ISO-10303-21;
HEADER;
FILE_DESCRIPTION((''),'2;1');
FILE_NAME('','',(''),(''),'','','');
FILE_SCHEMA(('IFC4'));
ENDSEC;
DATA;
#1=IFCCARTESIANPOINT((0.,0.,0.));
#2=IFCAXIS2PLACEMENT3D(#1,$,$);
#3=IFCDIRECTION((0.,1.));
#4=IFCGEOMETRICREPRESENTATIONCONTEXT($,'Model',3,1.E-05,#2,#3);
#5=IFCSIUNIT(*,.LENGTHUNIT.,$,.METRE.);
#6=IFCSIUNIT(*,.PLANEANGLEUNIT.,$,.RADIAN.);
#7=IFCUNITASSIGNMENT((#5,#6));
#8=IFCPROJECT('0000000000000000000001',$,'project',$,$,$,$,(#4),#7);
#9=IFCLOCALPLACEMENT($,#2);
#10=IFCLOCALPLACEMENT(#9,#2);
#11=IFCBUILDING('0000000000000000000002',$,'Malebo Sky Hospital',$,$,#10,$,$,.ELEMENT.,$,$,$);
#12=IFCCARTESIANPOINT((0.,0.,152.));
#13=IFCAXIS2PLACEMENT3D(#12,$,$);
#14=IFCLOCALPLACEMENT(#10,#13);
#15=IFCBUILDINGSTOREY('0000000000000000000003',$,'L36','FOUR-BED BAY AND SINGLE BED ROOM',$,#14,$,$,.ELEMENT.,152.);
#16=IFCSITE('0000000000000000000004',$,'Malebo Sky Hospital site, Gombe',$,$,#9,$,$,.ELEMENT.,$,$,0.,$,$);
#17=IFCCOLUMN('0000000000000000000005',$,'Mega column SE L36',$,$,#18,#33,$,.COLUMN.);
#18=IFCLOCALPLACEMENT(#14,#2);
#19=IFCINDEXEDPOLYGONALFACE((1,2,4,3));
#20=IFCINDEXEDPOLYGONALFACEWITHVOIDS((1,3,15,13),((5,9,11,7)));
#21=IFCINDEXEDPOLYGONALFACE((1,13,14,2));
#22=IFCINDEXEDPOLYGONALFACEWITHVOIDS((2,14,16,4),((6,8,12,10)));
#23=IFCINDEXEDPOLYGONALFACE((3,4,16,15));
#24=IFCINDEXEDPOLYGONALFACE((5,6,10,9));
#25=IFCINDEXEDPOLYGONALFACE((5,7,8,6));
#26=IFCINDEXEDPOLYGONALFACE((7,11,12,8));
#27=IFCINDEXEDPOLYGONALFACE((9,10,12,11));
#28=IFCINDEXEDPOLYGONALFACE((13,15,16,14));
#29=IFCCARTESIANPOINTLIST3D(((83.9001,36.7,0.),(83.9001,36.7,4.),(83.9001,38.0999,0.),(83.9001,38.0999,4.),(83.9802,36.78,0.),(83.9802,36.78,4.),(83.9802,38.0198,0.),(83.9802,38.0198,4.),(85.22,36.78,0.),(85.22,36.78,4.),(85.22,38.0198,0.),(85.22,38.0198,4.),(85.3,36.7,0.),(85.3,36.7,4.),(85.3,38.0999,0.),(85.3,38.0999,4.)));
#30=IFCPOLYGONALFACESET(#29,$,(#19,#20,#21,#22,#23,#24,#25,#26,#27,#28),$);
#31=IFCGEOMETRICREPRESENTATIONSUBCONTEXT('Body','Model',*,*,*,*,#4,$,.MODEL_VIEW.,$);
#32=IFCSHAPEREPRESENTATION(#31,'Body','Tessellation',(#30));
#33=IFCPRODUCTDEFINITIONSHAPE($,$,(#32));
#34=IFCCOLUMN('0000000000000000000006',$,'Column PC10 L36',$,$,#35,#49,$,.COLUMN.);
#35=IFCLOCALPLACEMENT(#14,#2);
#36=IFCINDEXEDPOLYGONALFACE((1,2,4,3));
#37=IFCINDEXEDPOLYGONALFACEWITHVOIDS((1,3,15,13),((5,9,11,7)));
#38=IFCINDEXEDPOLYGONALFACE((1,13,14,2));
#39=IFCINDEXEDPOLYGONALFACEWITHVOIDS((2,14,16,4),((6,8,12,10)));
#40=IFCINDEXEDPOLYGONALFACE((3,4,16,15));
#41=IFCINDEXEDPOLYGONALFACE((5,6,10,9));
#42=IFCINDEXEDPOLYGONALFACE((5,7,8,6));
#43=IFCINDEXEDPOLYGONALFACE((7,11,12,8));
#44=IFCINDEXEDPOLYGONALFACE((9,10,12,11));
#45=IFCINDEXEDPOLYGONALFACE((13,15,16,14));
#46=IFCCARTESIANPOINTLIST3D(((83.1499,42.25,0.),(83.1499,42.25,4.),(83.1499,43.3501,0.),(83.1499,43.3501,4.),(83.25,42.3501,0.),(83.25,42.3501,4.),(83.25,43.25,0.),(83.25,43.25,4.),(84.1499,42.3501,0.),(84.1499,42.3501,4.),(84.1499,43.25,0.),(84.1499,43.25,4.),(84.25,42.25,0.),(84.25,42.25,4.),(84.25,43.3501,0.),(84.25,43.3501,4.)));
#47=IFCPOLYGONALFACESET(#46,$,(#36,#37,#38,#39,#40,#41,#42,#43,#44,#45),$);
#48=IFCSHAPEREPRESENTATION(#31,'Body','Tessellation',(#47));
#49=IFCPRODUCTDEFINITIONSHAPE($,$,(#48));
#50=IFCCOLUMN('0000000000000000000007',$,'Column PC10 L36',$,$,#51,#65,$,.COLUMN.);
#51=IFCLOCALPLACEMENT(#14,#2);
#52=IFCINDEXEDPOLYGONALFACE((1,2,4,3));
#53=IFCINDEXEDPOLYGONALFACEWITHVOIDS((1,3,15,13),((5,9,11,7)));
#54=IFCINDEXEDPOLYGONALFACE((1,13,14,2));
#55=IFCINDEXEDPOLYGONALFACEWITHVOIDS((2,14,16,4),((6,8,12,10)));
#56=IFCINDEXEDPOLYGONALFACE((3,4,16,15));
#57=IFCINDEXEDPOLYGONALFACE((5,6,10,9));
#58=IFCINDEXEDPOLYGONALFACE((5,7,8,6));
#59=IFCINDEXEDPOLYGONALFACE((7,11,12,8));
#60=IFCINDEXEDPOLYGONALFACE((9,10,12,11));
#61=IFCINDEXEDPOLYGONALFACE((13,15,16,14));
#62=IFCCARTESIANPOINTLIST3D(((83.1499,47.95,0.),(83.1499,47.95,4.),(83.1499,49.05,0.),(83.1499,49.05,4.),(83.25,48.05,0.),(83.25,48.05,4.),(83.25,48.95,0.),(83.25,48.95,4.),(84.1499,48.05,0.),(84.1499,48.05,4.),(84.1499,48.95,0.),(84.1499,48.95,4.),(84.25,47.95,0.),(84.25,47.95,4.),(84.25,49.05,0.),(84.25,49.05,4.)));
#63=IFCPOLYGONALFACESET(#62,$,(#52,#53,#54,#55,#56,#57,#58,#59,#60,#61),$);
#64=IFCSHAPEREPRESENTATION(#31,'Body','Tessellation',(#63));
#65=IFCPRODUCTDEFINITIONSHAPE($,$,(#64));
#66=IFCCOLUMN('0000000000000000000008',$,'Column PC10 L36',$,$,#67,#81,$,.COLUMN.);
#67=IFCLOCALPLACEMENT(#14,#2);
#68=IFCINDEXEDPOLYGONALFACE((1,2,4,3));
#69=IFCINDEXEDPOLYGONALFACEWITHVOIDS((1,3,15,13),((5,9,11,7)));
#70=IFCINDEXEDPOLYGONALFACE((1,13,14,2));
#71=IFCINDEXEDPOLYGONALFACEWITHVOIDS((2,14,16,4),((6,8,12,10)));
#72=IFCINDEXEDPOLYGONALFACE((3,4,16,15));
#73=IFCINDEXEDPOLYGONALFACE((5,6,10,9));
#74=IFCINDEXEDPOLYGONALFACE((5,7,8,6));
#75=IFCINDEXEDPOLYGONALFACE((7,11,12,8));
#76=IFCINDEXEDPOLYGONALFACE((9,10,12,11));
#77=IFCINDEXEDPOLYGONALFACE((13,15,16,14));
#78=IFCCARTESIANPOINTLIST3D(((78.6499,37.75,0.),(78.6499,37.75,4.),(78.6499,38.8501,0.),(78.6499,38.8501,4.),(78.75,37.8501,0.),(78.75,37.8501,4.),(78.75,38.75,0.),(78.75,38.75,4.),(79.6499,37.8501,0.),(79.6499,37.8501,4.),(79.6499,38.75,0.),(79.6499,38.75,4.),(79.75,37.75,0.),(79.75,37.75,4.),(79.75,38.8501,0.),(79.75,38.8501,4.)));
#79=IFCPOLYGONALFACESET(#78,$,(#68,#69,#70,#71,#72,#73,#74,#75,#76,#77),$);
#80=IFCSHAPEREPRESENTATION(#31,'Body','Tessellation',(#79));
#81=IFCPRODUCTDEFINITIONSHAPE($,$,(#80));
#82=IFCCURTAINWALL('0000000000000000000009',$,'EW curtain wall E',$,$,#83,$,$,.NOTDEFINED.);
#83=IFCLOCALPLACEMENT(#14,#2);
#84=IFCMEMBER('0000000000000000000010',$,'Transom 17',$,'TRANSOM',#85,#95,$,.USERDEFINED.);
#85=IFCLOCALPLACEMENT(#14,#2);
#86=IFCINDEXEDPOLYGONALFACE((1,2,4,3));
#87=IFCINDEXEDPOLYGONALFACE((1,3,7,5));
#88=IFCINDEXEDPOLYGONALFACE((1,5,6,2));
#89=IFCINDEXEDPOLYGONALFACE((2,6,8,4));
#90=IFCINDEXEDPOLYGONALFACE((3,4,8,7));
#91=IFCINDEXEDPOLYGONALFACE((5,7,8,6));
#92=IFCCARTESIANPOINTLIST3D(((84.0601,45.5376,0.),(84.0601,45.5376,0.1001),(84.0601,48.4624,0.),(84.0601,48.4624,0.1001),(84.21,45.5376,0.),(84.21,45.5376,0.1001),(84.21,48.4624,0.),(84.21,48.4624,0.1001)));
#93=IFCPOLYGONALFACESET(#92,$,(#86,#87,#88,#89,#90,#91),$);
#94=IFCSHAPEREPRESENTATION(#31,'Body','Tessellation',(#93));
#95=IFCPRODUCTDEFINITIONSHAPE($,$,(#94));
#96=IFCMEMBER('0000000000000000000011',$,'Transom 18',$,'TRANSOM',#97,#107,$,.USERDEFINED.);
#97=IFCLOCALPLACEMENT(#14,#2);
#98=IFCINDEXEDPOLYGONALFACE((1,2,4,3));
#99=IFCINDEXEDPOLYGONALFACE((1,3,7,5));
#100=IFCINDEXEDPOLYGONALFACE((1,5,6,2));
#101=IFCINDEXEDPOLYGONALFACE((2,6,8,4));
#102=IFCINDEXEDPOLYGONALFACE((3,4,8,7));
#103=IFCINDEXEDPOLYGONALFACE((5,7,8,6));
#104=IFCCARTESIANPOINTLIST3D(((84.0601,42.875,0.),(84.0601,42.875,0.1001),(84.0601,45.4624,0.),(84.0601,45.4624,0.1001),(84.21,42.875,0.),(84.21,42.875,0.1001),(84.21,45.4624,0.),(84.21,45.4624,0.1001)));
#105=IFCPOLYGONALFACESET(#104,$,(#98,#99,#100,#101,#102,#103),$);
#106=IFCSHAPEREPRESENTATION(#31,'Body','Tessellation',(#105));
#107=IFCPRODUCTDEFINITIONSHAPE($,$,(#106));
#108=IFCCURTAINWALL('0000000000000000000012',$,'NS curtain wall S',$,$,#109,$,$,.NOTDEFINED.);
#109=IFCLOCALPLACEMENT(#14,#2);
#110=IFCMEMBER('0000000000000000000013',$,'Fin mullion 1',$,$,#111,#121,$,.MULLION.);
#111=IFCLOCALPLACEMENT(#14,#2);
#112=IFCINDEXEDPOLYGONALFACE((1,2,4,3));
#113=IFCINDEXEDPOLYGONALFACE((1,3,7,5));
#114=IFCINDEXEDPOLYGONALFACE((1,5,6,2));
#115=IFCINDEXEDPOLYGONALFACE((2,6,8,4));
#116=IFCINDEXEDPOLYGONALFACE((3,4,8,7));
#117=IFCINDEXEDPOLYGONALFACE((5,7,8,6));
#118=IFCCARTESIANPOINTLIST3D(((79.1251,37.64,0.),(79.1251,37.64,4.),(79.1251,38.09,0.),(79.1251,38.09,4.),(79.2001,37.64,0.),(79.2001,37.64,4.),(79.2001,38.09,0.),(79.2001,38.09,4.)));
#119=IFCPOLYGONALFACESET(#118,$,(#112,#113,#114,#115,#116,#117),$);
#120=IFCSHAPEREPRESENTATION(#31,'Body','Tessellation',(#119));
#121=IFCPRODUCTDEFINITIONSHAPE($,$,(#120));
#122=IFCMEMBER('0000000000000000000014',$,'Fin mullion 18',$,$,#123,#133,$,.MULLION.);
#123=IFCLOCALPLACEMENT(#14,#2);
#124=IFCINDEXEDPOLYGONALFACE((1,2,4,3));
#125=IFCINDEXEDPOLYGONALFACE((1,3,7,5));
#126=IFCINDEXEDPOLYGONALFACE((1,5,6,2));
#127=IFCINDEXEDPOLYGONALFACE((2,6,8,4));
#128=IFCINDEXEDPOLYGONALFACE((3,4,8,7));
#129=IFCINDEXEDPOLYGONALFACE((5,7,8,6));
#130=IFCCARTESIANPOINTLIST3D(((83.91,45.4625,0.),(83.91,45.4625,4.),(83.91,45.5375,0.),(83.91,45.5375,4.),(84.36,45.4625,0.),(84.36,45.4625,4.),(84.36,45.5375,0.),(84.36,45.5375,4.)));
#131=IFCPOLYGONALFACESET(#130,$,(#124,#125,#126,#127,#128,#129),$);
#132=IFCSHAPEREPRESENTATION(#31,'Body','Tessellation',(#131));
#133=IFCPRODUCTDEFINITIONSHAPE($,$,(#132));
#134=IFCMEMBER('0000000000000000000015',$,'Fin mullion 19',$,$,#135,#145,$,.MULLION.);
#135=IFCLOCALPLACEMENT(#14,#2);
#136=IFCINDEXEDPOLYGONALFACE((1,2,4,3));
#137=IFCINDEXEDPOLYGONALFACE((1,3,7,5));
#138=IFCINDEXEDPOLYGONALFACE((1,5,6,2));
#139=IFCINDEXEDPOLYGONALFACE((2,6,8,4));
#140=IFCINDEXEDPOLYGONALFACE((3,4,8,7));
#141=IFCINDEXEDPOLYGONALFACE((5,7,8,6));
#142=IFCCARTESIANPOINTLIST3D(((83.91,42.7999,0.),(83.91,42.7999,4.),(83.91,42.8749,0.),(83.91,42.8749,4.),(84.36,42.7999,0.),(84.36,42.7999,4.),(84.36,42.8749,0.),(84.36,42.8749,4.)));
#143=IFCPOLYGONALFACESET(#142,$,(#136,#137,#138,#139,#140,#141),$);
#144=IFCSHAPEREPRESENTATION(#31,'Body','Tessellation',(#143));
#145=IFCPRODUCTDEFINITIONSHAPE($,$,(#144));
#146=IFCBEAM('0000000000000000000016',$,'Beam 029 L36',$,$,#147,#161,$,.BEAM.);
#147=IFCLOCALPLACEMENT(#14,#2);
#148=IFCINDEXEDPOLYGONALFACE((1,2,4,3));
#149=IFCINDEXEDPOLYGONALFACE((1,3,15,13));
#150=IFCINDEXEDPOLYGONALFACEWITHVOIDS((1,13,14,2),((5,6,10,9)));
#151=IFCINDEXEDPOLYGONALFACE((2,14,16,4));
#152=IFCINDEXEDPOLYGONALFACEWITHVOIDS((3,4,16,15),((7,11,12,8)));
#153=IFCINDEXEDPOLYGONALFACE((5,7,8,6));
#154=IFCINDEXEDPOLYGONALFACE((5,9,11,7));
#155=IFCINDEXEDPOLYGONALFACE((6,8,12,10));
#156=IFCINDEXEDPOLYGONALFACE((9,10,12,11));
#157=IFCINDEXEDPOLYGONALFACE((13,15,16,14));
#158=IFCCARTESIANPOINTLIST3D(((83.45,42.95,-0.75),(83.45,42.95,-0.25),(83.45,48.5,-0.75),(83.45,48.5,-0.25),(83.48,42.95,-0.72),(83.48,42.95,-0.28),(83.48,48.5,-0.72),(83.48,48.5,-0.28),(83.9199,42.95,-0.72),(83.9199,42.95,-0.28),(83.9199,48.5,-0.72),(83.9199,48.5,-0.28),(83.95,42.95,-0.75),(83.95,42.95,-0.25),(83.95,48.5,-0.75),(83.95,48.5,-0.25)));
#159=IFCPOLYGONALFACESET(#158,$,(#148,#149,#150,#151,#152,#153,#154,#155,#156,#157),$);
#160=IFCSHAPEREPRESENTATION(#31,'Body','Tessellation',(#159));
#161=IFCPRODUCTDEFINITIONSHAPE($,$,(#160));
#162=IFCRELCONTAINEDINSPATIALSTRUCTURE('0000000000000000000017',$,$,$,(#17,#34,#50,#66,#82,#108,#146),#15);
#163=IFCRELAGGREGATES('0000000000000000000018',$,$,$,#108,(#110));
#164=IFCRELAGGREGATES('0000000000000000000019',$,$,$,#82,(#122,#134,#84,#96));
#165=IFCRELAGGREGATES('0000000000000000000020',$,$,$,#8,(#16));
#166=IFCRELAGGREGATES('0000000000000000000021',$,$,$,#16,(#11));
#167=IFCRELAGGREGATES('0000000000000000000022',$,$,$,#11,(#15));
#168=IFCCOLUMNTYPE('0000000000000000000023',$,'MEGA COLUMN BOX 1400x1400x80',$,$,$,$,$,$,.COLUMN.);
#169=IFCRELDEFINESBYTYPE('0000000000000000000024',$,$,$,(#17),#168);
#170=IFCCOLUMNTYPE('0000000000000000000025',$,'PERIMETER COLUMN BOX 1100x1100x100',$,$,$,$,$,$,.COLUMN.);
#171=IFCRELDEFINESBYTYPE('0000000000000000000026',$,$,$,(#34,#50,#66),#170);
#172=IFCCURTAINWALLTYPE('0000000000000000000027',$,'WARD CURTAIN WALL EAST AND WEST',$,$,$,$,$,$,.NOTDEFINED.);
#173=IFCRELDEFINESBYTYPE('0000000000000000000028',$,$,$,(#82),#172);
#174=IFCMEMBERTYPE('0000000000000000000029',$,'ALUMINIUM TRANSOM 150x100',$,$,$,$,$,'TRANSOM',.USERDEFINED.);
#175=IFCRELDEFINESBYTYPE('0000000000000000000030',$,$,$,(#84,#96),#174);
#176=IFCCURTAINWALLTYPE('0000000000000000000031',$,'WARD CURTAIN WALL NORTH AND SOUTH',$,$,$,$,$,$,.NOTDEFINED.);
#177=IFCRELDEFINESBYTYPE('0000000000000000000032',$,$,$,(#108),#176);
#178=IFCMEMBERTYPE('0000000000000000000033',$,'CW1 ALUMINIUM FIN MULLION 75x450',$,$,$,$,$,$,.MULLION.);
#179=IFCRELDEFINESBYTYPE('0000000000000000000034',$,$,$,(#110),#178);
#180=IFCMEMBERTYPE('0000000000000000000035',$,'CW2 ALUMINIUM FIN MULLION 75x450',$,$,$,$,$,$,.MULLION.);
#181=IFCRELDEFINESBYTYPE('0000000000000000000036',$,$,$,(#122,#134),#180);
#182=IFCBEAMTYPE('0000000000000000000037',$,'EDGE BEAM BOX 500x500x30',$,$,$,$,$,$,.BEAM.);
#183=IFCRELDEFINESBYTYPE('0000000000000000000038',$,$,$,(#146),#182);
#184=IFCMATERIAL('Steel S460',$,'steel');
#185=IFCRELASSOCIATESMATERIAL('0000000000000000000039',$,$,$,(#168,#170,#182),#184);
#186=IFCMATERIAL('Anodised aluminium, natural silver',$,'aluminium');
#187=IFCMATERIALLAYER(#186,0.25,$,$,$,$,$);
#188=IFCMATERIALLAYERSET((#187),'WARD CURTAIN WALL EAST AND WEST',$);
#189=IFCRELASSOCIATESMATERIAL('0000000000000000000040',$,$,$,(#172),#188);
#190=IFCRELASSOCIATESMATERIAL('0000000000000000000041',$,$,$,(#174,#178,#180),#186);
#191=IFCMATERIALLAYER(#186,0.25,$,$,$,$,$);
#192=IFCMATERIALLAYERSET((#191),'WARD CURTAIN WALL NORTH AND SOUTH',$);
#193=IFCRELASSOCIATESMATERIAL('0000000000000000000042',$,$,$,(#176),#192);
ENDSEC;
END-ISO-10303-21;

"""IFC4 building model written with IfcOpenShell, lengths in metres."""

from ifc_helpers import new_model, si_unit, direction, frame, origin, origin_2d, place, context, subcontext, project, spatial, rectangle, hollow_rectangle, extrude, material, layer, layer_set, material_profile, profile_set, type_object, element, aggregate, save


model = new_model("IFC4")

# Units and contexts
model_context = context("Model", 3, precision=1e-05, world=origin(), true_north=direction((0.0, 1.0)))
body_context = subcontext(model_context, "Body", "Model", "MODEL_VIEW")
ifc_project = project(units=[si_unit("LENGTHUNIT", "METRE"), si_unit("PLANEANGLEUNIT", "RADIAN")], contexts=[model_context])

# Site, building, storey
site_placement = place(None, origin())
site = spatial("IfcSite", under=ifc_project, at=site_placement, Name="Malebo Sky Hospital site, Gombe", CompositionType="ELEMENT", RefElevation=0.0)
building_placement = place(site_placement, origin())
building = spatial("IfcBuilding", under=site, at=building_placement, Name="Malebo Sky Hospital", CompositionType="ELEMENT")
storey_placement = place(building_placement, frame((0.0, 0.0, 152.0)))
storey = spatial("IfcBuildingStorey", under=building, at=storey_placement, Name="L36", Description="FOUR-BED BAY AND SINGLE BED ROOM", CompositionType="ELEMENT", Elevation=152.0)

# Columns
ifc_material_1 = material(Name="Steel S460", Category="steel")
ifc_material_profile_1 = material_profile(ifc_material_1, hollow_rectangle(XDim=1.3999, YDim=1.3999, WallThickness=0.0801, at=origin_2d()), Name="BOX 1400x1400x80")
ifc_profile_set_1 = profile_set([ifc_material_profile_1], Name="Steel S460")
column_type_1 = type_object("IfcColumnType", Name="MEGA COLUMN BOX 1400x1400x80", PredefinedType="COLUMN", material=ifc_profile_set_1)
column_placement = place(storey_placement, frame((84.6001, 37.3999, 0.0), z_axis=(0.0, 0.0, 1.0), x_axis=(1.0, 0.0, 0.0)))
element("IfcColumn", 1, at=column_placement, inside=storey, type_object=column_type_1, Name="Mega column SE L36", PredefinedType="COLUMN", context=body_context, shape_type="SweptSolid", body=[
    extrude(hollow_rectangle(XDim=1.3999, YDim=1.3999, WallThickness=0.0801, at=origin_2d()), origin(), (0.0, 0.0, 1.0), 4.0),
])
ifc_material_profile_2 = material_profile(ifc_material_1, hollow_rectangle(XDim=1.1001, YDim=1.1001, WallThickness=0.1001, at=origin_2d()), Name="BOX 1100x1100x100")
ifc_profile_set_2 = profile_set([ifc_material_profile_2], Name="Steel S460")
column_type_2 = type_object("IfcColumnType", Name="PERIMETER COLUMN BOX 1100x1100x100", PredefinedType="COLUMN", material=ifc_profile_set_2)
for number, where, z_axis, x_axis, name in (
    (2, (83.7, 42.8, 0.0), (0.0, 0.0, 1.0), (1.0, 0.0, 0.0), "Column PC10 L36"),
    (3, (83.7, 48.5, 0.0), (0.0, 0.0, 1.0), (1.0, 0.0, 0.0), "Column PC10 L36"),
    (4, (79.2, 38.3, 0.0), (0.0, 0.0, 1.0), (1.0, 0.0, 0.0), "Column PC10 L36"),
):
    element("IfcColumn", number, at=place(storey_placement, frame(where, z_axis=z_axis, x_axis=x_axis)), inside=storey, type_object=column_type_2, Name=name, PredefinedType="COLUMN", context=body_context, shape_type="SweptSolid", body=[
        extrude(hollow_rectangle(XDim=1.1001, YDim=1.1001, WallThickness=0.1001, at=origin_2d()), origin(), (0.0, 0.0, 1.0), 4.0),
    ])

# Curtain wall, members
ifc_material_2 = material(Name="Anodised aluminium, natural silver", Category="aluminium")
ifc_layer_1 = layer(ifc_material_2, 0.25)
ifc_layer_set_1 = layer_set([ifc_layer_1], Name="WARD CURTAIN WALL EAST AND WEST")
curtain_wall_type_1 = type_object("IfcCurtainWallType", Name="WARD CURTAIN WALL EAST AND WEST", PredefinedType="NOTDEFINED", material=ifc_layer_set_1)
curtain_wall_1_placement = place(storey_placement, origin())
curtain_wall_1 = element("IfcCurtainWall", 5, at=curtain_wall_1_placement, inside=storey, type_object=curtain_wall_type_1, Name="EW curtain wall E", PredefinedType="NOTDEFINED")
ifc_material_profile_3 = material_profile(ifc_material_2, rectangle(XDim=0.1499, YDim=0.1001, at=origin_2d()), Name="ALUMINIUM TRANSOM 150x100")
ifc_profile_set_3 = profile_set([ifc_material_profile_3], Name="Anodised aluminium, natural silver")
member_type_1 = type_object("IfcMemberType", Name="ALUMINIUM TRANSOM 150x100", ElementType="TRANSOM", PredefinedType="USERDEFINED", material=ifc_profile_set_3)
member_1_placement = place(storey_placement, frame((84.135, 48.4624, 0.05), z_axis=(0.0, -1.0, 0.0), x_axis=(1.0, 0.0, 0.0)))
member_1 = element("IfcMember", 6, at=member_1_placement, type_object=member_type_1, Name="Transom 17", ObjectType="TRANSOM", PredefinedType="USERDEFINED", context=body_context, shape_type="SweptSolid", body=[
    extrude(rectangle(XDim=0.1499, YDim=0.1001, at=origin_2d()), origin(), (0.0, 0.0, 1.0), 2.9248),
])
member_2_placement = place(storey_placement, frame((84.135, 45.4624, 0.05), z_axis=(0.0, -1.0, 0.0), x_axis=(1.0, 0.0, 0.0)))
member_2 = element("IfcMember", 7, at=member_2_placement, type_object=member_type_1, Name="Transom 18", ObjectType="TRANSOM", PredefinedType="USERDEFINED", context=body_context, shape_type="SweptSolid", body=[
    extrude(rectangle(XDim=0.1499, YDim=0.1001, at=origin_2d()), origin(), (0.0, 0.0, 1.0), 2.5874),
])

# Curtain wall, member
ifc_layer_2 = layer(ifc_material_2, 0.25)
ifc_layer_set_2 = layer_set([ifc_layer_2], Name="WARD CURTAIN WALL NORTH AND SOUTH")
curtain_wall_type_2 = type_object("IfcCurtainWallType", Name="WARD CURTAIN WALL NORTH AND SOUTH", PredefinedType="NOTDEFINED", material=ifc_layer_set_2)
curtain_wall_2_placement = place(storey_placement, origin())
curtain_wall_2 = element("IfcCurtainWall", 8, at=curtain_wall_2_placement, inside=storey, type_object=curtain_wall_type_2, Name="NS curtain wall S", PredefinedType="NOTDEFINED")
ifc_material_profile_4 = material_profile(ifc_material_2, rectangle(XDim=0.075, YDim=0.45, at=origin_2d()), Name="CW1 ALUMINIUM FIN MULLION 75x450")
ifc_profile_set_4 = profile_set([ifc_material_profile_4], Name="Anodised aluminium, natural silver")
member_type_2 = type_object("IfcMemberType", Name="CW1 ALUMINIUM FIN MULLION 75x450", PredefinedType="MULLION", material=ifc_profile_set_4)
member_3_placement = place(storey_placement, frame((79.1626, 37.865, 0.0), z_axis=(0.0, 0.0, 1.0), x_axis=(-1.0, 0.0, 0.0)))
member_3 = element("IfcMember", 9, at=member_3_placement, type_object=member_type_2, Name="Fin mullion 1", PredefinedType="MULLION", context=body_context, shape_type="SweptSolid", body=[
    extrude(rectangle(XDim=0.075, YDim=0.45, at=origin_2d()), origin(), (0.0, 0.0, 1.0), 4.0),
])
aggregate(curtain_wall_2, [member_3])

# Members
ifc_material_profile_5 = material_profile(ifc_material_2, rectangle(XDim=0.075, YDim=0.45, at=origin_2d()), Name="CW2 ALUMINIUM FIN MULLION 75x450")
ifc_profile_set_5 = profile_set([ifc_material_profile_5], Name="Anodised aluminium, natural silver")
member_type_3 = type_object("IfcMemberType", Name="CW2 ALUMINIUM FIN MULLION 75x450", PredefinedType="MULLION", material=ifc_profile_set_5)
member_4_placement = place(storey_placement, frame((84.135, 45.5, 0.0), z_axis=(0.0, 0.0, 1.0), x_axis=(0.0, -1.0, 0.0)))
member_4 = element("IfcMember", 10, at=member_4_placement, type_object=member_type_3, Name="Fin mullion 18", PredefinedType="MULLION", context=body_context, shape_type="SweptSolid", body=[
    extrude(rectangle(XDim=0.075, YDim=0.45, at=origin_2d()), origin(), (0.0, 0.0, 1.0), 4.0),
])
member_5_placement = place(storey_placement, frame((84.135, 42.8374, 0.0), z_axis=(0.0, 0.0, 1.0), x_axis=(0.0, -1.0, 0.0)))
member_5 = element("IfcMember", 11, at=member_5_placement, type_object=member_type_3, Name="Fin mullion 19", PredefinedType="MULLION", context=body_context, shape_type="SweptSolid", body=[
    extrude(rectangle(XDim=0.075, YDim=0.45, at=origin_2d()), origin(), (0.0, 0.0, 1.0), 4.0),
])

# Beam
ifc_material_profile_6 = material_profile(ifc_material_1, hollow_rectangle(XDim=0.5, YDim=0.5, WallThickness=0.03, at=origin_2d()), Name="BOX 500x500x30")
ifc_profile_set_6 = profile_set([ifc_material_profile_6], Name="Steel S460")
beam_type_1 = type_object("IfcBeamType", Name="EDGE BEAM BOX 500x500x30", PredefinedType="BEAM", material=ifc_profile_set_6)
beam_1_placement = place(storey_placement, frame((83.7, 42.95, -0.5), z_axis=(0.0, 1.0, 0.0), x_axis=(-1.0, 0.0, 0.0)))
element("IfcBeam", 12, at=beam_1_placement, inside=storey, type_object=beam_type_1, Name="Beam 029 L36", PredefinedType="BEAM", context=body_context, shape_type="SweptSolid", body=[
    extrude(hollow_rectangle(XDim=0.5, YDim=0.5, WallThickness=0.03, at=origin_2d()), origin(), (0.0, 0.0, 1.0), 5.55),
])

aggregate(curtain_wall_1, [member_4, member_5, member_1, member_2])

save(model, "model.ifc")
